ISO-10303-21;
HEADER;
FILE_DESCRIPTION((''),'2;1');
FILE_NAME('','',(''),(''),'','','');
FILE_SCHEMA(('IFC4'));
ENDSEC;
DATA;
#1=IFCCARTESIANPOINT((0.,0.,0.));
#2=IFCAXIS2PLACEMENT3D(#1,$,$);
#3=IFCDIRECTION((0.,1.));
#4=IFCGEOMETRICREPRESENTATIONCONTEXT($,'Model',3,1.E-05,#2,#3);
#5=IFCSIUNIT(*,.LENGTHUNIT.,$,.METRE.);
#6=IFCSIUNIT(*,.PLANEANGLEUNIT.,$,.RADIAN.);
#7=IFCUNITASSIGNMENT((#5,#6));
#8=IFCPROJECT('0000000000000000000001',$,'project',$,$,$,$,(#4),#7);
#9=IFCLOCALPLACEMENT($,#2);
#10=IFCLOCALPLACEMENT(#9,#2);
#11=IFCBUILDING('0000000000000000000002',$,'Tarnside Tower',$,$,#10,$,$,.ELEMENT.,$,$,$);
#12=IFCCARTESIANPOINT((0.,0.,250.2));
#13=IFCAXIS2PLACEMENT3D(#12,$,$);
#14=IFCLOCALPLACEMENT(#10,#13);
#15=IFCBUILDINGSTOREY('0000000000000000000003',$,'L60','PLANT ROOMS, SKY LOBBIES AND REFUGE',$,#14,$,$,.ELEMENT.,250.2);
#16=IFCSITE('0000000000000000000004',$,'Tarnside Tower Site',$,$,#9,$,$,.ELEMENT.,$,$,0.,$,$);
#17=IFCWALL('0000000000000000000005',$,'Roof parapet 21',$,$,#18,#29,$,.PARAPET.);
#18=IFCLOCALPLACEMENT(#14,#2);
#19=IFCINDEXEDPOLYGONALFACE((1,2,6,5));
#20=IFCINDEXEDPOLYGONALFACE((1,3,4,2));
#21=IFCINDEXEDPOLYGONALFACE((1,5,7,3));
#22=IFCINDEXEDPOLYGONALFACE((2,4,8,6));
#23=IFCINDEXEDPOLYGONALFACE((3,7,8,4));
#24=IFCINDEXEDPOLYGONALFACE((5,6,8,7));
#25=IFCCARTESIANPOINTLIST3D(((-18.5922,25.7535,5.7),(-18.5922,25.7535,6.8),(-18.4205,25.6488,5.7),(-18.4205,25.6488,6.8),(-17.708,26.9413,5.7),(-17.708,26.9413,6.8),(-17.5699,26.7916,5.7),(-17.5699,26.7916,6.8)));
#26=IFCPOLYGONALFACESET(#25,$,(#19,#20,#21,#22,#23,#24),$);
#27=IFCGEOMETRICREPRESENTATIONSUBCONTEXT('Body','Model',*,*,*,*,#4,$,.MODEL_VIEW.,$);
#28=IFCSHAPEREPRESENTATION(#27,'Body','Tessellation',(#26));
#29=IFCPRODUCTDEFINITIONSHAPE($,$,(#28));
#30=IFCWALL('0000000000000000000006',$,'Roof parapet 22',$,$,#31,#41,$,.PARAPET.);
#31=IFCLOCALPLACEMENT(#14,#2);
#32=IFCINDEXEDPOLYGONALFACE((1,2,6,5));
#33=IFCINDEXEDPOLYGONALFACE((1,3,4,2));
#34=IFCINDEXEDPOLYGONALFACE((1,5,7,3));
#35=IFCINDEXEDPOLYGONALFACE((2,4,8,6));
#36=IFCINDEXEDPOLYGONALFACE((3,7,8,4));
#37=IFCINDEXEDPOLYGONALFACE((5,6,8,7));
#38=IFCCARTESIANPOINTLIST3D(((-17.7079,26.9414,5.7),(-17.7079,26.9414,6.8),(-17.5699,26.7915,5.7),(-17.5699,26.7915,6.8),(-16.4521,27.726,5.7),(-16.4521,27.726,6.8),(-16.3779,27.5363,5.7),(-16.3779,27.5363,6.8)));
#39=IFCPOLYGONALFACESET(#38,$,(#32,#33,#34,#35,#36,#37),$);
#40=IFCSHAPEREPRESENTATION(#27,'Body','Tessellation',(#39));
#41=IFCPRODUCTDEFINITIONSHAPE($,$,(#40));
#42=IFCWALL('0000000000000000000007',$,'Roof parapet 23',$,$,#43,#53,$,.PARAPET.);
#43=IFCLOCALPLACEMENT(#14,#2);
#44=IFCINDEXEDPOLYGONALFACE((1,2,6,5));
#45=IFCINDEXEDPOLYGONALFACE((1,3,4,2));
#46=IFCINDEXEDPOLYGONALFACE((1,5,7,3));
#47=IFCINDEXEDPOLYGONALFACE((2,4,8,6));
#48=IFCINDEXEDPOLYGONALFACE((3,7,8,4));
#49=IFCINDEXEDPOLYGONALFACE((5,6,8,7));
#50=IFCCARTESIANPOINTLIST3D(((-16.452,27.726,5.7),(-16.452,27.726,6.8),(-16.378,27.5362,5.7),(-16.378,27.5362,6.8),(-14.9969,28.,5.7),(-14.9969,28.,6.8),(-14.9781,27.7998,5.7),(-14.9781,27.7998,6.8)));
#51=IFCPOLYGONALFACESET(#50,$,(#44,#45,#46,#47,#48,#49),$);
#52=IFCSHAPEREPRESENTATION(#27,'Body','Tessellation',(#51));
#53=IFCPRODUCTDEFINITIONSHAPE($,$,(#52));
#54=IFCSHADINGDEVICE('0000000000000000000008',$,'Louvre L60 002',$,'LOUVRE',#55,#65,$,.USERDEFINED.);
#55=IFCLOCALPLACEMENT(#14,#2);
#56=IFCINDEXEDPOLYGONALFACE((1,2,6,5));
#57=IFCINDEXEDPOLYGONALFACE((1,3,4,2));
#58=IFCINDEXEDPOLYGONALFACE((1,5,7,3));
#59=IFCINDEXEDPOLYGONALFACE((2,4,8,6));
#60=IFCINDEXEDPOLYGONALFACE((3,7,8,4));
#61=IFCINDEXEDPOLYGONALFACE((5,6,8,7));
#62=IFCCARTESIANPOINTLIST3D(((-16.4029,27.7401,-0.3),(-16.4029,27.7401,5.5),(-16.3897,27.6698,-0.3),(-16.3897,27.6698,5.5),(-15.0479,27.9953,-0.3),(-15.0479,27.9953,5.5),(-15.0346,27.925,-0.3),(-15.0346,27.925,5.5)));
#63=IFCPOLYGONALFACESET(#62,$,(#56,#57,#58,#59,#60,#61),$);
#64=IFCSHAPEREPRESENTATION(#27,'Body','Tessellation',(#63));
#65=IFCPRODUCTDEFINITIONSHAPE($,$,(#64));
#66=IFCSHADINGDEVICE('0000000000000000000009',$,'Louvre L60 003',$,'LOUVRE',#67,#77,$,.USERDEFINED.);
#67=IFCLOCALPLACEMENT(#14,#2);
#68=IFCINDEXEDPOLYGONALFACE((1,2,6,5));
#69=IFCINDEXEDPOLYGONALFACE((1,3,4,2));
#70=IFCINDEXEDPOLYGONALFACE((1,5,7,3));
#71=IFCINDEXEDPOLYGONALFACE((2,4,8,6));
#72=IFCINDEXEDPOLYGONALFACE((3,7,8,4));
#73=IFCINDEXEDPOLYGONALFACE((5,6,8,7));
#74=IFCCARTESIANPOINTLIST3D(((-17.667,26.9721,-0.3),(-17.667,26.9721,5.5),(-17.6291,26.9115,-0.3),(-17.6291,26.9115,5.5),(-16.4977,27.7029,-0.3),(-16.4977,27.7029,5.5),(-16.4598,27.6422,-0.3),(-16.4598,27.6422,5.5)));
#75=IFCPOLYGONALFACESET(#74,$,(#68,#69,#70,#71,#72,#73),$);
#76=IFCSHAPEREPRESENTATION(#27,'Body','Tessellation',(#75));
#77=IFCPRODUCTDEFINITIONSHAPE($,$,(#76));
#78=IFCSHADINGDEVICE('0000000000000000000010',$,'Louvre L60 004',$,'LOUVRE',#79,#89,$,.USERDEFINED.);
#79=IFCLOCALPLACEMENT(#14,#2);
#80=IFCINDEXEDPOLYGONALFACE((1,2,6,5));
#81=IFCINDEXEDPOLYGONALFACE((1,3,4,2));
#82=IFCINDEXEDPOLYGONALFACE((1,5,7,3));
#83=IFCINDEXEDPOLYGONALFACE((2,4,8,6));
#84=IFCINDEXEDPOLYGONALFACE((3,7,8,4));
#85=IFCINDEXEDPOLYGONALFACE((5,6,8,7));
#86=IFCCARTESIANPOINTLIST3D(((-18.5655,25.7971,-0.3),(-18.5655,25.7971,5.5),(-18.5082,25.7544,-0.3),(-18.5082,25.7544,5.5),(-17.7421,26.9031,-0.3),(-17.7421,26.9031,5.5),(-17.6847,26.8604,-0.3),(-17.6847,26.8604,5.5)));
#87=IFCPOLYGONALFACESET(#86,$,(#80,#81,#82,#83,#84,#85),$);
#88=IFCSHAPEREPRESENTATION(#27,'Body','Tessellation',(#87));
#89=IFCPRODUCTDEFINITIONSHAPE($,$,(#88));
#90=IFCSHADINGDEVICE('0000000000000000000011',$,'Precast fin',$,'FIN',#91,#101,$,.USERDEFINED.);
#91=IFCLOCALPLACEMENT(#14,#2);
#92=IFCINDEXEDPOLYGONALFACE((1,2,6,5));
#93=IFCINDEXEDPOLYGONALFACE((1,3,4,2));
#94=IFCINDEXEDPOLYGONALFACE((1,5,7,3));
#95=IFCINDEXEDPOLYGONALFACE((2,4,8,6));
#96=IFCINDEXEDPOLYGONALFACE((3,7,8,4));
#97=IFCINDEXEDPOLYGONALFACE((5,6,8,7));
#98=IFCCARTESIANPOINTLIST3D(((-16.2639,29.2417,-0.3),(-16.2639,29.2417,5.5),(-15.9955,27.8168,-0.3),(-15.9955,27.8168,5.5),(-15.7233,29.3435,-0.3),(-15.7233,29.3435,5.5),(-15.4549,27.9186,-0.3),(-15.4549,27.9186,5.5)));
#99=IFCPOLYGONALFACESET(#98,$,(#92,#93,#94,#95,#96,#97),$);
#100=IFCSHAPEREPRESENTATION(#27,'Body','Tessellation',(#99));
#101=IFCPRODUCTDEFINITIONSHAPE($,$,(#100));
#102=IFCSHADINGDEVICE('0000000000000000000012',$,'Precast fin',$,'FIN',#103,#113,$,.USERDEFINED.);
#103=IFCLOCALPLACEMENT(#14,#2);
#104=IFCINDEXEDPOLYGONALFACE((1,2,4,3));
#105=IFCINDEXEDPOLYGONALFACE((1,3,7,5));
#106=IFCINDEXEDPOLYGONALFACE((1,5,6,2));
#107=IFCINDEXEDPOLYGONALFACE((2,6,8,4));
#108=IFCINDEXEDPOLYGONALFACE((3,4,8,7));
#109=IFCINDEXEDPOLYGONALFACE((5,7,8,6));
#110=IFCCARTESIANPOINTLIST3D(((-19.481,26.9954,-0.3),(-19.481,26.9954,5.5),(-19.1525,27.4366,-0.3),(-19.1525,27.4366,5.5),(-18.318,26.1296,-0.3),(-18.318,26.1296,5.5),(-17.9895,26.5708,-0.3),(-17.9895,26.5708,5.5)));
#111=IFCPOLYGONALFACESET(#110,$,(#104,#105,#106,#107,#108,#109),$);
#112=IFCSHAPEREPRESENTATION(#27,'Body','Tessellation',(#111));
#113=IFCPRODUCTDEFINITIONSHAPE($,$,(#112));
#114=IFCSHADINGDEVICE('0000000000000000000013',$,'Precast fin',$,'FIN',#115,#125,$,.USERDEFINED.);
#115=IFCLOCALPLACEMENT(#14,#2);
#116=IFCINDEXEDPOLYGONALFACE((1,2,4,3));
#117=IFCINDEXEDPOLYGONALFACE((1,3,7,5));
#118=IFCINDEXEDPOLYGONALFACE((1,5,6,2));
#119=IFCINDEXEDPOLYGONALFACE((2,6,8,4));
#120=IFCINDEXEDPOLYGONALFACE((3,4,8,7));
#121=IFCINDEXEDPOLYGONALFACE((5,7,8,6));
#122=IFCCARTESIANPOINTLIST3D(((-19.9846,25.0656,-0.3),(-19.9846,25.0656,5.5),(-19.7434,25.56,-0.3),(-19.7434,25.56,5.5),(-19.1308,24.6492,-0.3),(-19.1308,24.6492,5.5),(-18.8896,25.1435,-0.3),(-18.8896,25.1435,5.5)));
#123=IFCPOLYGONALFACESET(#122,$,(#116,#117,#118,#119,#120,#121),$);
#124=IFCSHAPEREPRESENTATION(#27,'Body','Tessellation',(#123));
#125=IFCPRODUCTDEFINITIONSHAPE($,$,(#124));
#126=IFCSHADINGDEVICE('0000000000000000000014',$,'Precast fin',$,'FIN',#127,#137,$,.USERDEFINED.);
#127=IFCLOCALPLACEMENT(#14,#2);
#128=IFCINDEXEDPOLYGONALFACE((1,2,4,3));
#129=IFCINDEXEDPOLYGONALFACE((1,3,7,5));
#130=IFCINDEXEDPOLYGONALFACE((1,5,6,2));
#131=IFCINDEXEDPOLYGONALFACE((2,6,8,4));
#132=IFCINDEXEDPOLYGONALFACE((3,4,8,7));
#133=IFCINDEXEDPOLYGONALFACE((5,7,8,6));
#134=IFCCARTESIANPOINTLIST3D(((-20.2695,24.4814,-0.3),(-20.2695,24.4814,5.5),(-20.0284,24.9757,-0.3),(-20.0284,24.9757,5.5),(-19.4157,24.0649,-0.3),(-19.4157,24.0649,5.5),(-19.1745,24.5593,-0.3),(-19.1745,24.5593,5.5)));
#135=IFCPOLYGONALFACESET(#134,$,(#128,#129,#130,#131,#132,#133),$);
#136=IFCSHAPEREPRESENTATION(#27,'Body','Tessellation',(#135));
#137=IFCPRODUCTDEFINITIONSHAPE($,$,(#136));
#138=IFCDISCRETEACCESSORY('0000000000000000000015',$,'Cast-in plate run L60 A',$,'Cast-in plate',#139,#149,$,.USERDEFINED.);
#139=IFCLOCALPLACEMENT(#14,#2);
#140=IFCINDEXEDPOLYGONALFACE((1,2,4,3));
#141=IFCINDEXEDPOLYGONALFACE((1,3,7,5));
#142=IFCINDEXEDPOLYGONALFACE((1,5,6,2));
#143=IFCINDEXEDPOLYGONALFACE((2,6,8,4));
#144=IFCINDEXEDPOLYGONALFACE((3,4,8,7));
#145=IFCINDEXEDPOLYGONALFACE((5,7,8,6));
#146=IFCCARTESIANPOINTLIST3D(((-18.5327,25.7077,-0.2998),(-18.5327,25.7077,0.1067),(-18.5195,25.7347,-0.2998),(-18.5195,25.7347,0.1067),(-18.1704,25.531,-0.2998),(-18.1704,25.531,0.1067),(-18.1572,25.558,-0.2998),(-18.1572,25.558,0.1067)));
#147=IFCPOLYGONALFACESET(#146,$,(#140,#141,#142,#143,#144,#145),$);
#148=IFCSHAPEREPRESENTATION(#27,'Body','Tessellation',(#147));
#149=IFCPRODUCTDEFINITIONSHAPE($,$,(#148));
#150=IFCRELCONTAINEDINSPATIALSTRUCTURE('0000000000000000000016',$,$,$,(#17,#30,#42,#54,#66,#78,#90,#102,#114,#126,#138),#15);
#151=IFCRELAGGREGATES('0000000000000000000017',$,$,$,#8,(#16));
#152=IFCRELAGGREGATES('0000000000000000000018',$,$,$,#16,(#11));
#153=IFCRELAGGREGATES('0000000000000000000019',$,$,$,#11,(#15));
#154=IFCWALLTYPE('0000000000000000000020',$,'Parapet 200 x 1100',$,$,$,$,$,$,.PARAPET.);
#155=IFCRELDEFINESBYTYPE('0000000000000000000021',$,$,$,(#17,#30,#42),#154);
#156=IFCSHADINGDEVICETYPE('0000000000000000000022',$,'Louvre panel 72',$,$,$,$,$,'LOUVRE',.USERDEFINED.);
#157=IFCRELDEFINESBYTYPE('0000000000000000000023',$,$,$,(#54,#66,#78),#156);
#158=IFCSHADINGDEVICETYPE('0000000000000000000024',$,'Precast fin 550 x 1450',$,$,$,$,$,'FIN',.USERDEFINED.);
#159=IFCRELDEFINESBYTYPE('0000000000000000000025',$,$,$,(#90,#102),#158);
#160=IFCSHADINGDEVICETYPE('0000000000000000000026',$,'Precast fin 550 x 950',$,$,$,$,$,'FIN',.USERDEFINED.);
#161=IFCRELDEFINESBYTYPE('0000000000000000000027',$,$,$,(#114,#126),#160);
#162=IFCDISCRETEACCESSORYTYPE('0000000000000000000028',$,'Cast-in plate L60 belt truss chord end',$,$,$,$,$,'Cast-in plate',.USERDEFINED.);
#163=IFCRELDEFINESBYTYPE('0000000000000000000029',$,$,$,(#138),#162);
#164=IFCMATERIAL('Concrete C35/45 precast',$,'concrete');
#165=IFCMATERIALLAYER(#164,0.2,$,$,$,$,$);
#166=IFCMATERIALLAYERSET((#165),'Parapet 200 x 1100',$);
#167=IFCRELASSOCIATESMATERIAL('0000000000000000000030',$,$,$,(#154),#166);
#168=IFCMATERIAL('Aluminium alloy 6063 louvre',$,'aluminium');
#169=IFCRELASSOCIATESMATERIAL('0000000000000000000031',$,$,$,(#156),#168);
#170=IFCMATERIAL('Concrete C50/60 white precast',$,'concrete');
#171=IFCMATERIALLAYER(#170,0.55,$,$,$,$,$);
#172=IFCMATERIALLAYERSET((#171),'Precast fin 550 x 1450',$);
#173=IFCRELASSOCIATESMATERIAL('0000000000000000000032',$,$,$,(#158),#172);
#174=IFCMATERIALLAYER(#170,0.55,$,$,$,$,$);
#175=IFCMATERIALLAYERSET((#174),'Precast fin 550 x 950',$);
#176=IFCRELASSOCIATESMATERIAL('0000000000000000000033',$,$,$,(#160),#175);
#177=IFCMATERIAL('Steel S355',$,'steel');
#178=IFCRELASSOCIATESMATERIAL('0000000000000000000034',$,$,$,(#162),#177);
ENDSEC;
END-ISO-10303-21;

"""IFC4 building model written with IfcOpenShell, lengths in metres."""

from ifc_helpers import new_model, si_unit, direction, frame, origin, origin_2d, place, context, subcontext, project, spatial, polyline, rectangle, outline, extrude, material, layer, layer_set, type_object, element, save


model = new_model("IFC4")

# Units and contexts
model_context = context("Model", 3, precision=1e-05, world=origin(), true_north=direction((0.0, 1.0)))
body_context = subcontext(model_context, "Body", "Model", "MODEL_VIEW")
ifc_project = project(units=[si_unit("LENGTHUNIT", "METRE"), si_unit("PLANEANGLEUNIT", "RADIAN")], contexts=[model_context])

# Site, building, storey
site_placement = place(None, origin())
site = spatial("IfcSite", under=ifc_project, at=site_placement, Name="Tarnside Tower Site", CompositionType="ELEMENT", RefElevation=0.0)
building_placement = place(site_placement, origin())
building = spatial("IfcBuilding", under=site, at=building_placement, Name="Tarnside Tower", CompositionType="ELEMENT")
storey_placement = place(building_placement, frame((0.0, 0.0, 250.2)))
storey = spatial("IfcBuildingStorey", under=building, at=storey_placement, Name="L60", Description="PLANT ROOMS, SKY LOBBIES AND REFUGE", CompositionType="ELEMENT", Elevation=250.2)

# Shared definitions
ifc_material_1 = material(Name="Steel S355", Category="steel")

# Walls
ifc_material_2 = material(Name="Concrete C35/45 precast", Category="concrete")
ifc_layer_1 = layer(ifc_material_2, 0.2)
ifc_layer_set_1 = layer_set([ifc_layer_1], Name="Parapet 200 x 1100")
wall_type = type_object("IfcWallType", Name="Parapet 200 x 1100", PredefinedType="PARAPET", material=ifc_layer_set_1)
wall_1_placement = place(storey_placement, frame((-18.5063, 25.7012, 5.7), z_axis=(0.0, 0.0, 1.0), x_axis=(0.597119, 0.802153, 0.0)))
element("IfcWall", 1, at=wall_1_placement, inside=storey, type_object=wall_type, Name="Roof parapet 21", PredefinedType="PARAPET", context=body_context, shape_type="SweptSolid", body=[
    extrude(outline(polyline([(0.0093, -0.1001), (1.4338, -0.1001), (1.4714, 0.1001), (-0.0093, 0.1001), (0.0093, -0.1001)])), origin(), (0.0, 0.0, 1.0), 1.1001),
])
wall_2_placement = place(storey_placement, frame((-17.6389, 26.8665, 5.7), z_axis=(0.0, 0.0, 1.0), x_axis=(0.848084, 0.529862, 0.0)))
element("IfcWall", 2, at=wall_2_placement, inside=storey, type_object=wall_type, Name="Roof parapet 22", PredefinedType="PARAPET", context=body_context, shape_type="SweptSolid", body=[
    extrude(outline(polyline([(0.0188, -0.1001), (1.4243, -0.1001), (1.4619, 0.1001), (-0.0188, 0.1001), (0.0188, -0.1001)])), origin(), (0.0, 0.0, 1.0), 1.1001),
])
wall_3_placement = place(storey_placement, frame((-16.415, 27.6311, 5.7), z_axis=(0.0, 0.0, 1.0), x_axis=(0.982729, 0.18505, 0.0)))
element("IfcWall", 3, at=wall_3_placement, inside=storey, type_object=wall_type, Name="Roof parapet 23", PredefinedType="PARAPET", context=body_context, shape_type="SweptSolid", body=[
    extrude(outline(polyline([(0.0188, -0.1001), (1.4434, -0.1001), (1.4619, 0.1001), (-0.0188, 0.1001), (0.0188, -0.1001)])), origin(), (0.0, 0.0, 1.0), 1.1001),
])

# Shading devices
ifc_material_3 = material(Name="Aluminium alloy 6063 louvre", Category="aluminium")
shading_device_type_1 = type_object("IfcShadingDeviceType", Name="Louvre panel 72", ElementType="LOUVRE", PredefinedType="USERDEFINED", material=ifc_material_3)
for number, where, z_axis, x_axis, name in (
    (4, (-15.7122, 27.7974, -0.3), (0.982725, 0.185072, 0.0), (-0.185072, 0.982725, 0.0), "Louvre L60 002"),
    (5, (-17.0444, 27.2769, -0.3), (0.848023, 0.52996, 0.0), (-0.52996, 0.848023, 0.0), "Louvre L60 003"),
    (6, (-18.0964, 26.3074, -0.3), (0.597177, 0.80211, 0.0), (-0.80211, 0.597177, 0.0), "Louvre L60 004"),
):
    element("IfcShadingDevice", number, at=place(storey_placement, frame(where, z_axis=z_axis, x_axis=x_axis)), inside=storey, type_object=shading_device_type_1, Name=name, ObjectType="LOUVRE", PredefinedType="USERDEFINED", context=body_context, shape_type="SweptSolid", body=[
        extrude(outline(polyline([(0.0, 0.0), (0.0715, 0.0), (0.0715, 5.8), (0.0, 5.8), (0.0, 0.0)])), frame((0.0, 0.0, -0.6895)), (0.0, 0.0, 1.0), 1.3789),
    ])
ifc_material_4 = material(Name="Concrete C50/60 white precast", Category="concrete")
ifc_layer_2 = layer(ifc_material_4, 0.55)
ifc_layer_set_2 = layer_set([ifc_layer_2], Name="Precast fin 550 x 1450")
shading_device_type_2 = type_object("IfcShadingDeviceType", Name="Precast fin 550 x 1450", ElementType="FIN", PredefinedType="USERDEFINED", material=ifc_layer_set_2)
for number, where, z_axis, x_axis, name in (
    (7, (-15.7253, 27.8677, -0.3), (0.982721, 0.185095, 0.0), (-0.185095, 0.982721, 0.0), "Precast fin"),
    (8, (-18.1538, 26.3501, -0.3), (0.597159, 0.802123, 0.0), (-0.802123, 0.597159, 0.0), "Precast fin"),
):
    element("IfcShadingDevice", number, at=place(storey_placement, frame(where, z_axis=z_axis, x_axis=x_axis)), inside=storey, type_object=shading_device_type_2, Name=name, ObjectType="FIN", PredefinedType="USERDEFINED", context=body_context, shape_type="SweptSolid", body=[
        extrude(outline(polyline([(0.0, 0.0), (1.45, 0.0), (1.45, 5.8), (0.0, 5.8), (0.0, 0.0)])), frame((0.0, 0.0, -0.2749)), (0.0, 0.0, 1.0), 0.55),
    ])
ifc_layer_3 = layer(ifc_material_4, 0.55)
ifc_layer_set_3 = layer_set([ifc_layer_3], Name="Precast fin 550 x 950")
shading_device_type_3 = type_object("IfcShadingDeviceType", Name="Precast fin 550 x 950", ElementType="FIN", PredefinedType="USERDEFINED", material=ifc_layer_set_3)
for number, where, z_axis, x_axis, name in (
    (9, (-19.0103, 24.8962, -0.3), (0.438371, 0.898794, 0.0), (-0.898794, 0.438371, 0.0), "Precast fin"),
    (10, (-19.2952, 24.312, -0.3), (0.438371, 0.898794, 0.0), (-0.898794, 0.438371, 0.0), "Precast fin"),
):
    element("IfcShadingDevice", number, at=place(storey_placement, frame(where, z_axis=z_axis, x_axis=x_axis)), inside=storey, type_object=shading_device_type_3, Name=name, ObjectType="FIN", PredefinedType="USERDEFINED", context=body_context, shape_type="SweptSolid", body=[
        extrude(outline(polyline([(0.0, 0.0), (0.95, 0.0), (0.95, 5.8), (0.0, 5.8), (0.0, 0.0)])), frame((0.0, 0.0, -0.2749)), (0.0, 0.0, 1.0), 0.55),
    ])

# Discrete accessory
discrete_accessory_type = type_object("IfcDiscreteAccessoryType", Name="Cast-in plate L60 belt truss chord end", ElementType="Cast-in plate", PredefinedType="USERDEFINED", material=ifc_material_1)
discrete_accessory_placement = place(storey_placement, frame((-18.345, 25.6328, -0.2998), z_axis=(0.0, 0.0, 1.0), x_axis=(-0.438371, -0.898794, 0.0)))
element("IfcDiscreteAccessory", 11, at=discrete_accessory_placement, inside=storey, type_object=discrete_accessory_type, Name="Cast-in plate run L60 A", ObjectType="Cast-in plate", PredefinedType="USERDEFINED", context=body_context, shape_type="SweptSolid", body=[
    extrude(rectangle(XDim=0.03, YDim=0.4031, at=origin_2d()), origin(), (0.0, 0.0, 1.0), 0.4065),
])

save(model, "model.ifc")
